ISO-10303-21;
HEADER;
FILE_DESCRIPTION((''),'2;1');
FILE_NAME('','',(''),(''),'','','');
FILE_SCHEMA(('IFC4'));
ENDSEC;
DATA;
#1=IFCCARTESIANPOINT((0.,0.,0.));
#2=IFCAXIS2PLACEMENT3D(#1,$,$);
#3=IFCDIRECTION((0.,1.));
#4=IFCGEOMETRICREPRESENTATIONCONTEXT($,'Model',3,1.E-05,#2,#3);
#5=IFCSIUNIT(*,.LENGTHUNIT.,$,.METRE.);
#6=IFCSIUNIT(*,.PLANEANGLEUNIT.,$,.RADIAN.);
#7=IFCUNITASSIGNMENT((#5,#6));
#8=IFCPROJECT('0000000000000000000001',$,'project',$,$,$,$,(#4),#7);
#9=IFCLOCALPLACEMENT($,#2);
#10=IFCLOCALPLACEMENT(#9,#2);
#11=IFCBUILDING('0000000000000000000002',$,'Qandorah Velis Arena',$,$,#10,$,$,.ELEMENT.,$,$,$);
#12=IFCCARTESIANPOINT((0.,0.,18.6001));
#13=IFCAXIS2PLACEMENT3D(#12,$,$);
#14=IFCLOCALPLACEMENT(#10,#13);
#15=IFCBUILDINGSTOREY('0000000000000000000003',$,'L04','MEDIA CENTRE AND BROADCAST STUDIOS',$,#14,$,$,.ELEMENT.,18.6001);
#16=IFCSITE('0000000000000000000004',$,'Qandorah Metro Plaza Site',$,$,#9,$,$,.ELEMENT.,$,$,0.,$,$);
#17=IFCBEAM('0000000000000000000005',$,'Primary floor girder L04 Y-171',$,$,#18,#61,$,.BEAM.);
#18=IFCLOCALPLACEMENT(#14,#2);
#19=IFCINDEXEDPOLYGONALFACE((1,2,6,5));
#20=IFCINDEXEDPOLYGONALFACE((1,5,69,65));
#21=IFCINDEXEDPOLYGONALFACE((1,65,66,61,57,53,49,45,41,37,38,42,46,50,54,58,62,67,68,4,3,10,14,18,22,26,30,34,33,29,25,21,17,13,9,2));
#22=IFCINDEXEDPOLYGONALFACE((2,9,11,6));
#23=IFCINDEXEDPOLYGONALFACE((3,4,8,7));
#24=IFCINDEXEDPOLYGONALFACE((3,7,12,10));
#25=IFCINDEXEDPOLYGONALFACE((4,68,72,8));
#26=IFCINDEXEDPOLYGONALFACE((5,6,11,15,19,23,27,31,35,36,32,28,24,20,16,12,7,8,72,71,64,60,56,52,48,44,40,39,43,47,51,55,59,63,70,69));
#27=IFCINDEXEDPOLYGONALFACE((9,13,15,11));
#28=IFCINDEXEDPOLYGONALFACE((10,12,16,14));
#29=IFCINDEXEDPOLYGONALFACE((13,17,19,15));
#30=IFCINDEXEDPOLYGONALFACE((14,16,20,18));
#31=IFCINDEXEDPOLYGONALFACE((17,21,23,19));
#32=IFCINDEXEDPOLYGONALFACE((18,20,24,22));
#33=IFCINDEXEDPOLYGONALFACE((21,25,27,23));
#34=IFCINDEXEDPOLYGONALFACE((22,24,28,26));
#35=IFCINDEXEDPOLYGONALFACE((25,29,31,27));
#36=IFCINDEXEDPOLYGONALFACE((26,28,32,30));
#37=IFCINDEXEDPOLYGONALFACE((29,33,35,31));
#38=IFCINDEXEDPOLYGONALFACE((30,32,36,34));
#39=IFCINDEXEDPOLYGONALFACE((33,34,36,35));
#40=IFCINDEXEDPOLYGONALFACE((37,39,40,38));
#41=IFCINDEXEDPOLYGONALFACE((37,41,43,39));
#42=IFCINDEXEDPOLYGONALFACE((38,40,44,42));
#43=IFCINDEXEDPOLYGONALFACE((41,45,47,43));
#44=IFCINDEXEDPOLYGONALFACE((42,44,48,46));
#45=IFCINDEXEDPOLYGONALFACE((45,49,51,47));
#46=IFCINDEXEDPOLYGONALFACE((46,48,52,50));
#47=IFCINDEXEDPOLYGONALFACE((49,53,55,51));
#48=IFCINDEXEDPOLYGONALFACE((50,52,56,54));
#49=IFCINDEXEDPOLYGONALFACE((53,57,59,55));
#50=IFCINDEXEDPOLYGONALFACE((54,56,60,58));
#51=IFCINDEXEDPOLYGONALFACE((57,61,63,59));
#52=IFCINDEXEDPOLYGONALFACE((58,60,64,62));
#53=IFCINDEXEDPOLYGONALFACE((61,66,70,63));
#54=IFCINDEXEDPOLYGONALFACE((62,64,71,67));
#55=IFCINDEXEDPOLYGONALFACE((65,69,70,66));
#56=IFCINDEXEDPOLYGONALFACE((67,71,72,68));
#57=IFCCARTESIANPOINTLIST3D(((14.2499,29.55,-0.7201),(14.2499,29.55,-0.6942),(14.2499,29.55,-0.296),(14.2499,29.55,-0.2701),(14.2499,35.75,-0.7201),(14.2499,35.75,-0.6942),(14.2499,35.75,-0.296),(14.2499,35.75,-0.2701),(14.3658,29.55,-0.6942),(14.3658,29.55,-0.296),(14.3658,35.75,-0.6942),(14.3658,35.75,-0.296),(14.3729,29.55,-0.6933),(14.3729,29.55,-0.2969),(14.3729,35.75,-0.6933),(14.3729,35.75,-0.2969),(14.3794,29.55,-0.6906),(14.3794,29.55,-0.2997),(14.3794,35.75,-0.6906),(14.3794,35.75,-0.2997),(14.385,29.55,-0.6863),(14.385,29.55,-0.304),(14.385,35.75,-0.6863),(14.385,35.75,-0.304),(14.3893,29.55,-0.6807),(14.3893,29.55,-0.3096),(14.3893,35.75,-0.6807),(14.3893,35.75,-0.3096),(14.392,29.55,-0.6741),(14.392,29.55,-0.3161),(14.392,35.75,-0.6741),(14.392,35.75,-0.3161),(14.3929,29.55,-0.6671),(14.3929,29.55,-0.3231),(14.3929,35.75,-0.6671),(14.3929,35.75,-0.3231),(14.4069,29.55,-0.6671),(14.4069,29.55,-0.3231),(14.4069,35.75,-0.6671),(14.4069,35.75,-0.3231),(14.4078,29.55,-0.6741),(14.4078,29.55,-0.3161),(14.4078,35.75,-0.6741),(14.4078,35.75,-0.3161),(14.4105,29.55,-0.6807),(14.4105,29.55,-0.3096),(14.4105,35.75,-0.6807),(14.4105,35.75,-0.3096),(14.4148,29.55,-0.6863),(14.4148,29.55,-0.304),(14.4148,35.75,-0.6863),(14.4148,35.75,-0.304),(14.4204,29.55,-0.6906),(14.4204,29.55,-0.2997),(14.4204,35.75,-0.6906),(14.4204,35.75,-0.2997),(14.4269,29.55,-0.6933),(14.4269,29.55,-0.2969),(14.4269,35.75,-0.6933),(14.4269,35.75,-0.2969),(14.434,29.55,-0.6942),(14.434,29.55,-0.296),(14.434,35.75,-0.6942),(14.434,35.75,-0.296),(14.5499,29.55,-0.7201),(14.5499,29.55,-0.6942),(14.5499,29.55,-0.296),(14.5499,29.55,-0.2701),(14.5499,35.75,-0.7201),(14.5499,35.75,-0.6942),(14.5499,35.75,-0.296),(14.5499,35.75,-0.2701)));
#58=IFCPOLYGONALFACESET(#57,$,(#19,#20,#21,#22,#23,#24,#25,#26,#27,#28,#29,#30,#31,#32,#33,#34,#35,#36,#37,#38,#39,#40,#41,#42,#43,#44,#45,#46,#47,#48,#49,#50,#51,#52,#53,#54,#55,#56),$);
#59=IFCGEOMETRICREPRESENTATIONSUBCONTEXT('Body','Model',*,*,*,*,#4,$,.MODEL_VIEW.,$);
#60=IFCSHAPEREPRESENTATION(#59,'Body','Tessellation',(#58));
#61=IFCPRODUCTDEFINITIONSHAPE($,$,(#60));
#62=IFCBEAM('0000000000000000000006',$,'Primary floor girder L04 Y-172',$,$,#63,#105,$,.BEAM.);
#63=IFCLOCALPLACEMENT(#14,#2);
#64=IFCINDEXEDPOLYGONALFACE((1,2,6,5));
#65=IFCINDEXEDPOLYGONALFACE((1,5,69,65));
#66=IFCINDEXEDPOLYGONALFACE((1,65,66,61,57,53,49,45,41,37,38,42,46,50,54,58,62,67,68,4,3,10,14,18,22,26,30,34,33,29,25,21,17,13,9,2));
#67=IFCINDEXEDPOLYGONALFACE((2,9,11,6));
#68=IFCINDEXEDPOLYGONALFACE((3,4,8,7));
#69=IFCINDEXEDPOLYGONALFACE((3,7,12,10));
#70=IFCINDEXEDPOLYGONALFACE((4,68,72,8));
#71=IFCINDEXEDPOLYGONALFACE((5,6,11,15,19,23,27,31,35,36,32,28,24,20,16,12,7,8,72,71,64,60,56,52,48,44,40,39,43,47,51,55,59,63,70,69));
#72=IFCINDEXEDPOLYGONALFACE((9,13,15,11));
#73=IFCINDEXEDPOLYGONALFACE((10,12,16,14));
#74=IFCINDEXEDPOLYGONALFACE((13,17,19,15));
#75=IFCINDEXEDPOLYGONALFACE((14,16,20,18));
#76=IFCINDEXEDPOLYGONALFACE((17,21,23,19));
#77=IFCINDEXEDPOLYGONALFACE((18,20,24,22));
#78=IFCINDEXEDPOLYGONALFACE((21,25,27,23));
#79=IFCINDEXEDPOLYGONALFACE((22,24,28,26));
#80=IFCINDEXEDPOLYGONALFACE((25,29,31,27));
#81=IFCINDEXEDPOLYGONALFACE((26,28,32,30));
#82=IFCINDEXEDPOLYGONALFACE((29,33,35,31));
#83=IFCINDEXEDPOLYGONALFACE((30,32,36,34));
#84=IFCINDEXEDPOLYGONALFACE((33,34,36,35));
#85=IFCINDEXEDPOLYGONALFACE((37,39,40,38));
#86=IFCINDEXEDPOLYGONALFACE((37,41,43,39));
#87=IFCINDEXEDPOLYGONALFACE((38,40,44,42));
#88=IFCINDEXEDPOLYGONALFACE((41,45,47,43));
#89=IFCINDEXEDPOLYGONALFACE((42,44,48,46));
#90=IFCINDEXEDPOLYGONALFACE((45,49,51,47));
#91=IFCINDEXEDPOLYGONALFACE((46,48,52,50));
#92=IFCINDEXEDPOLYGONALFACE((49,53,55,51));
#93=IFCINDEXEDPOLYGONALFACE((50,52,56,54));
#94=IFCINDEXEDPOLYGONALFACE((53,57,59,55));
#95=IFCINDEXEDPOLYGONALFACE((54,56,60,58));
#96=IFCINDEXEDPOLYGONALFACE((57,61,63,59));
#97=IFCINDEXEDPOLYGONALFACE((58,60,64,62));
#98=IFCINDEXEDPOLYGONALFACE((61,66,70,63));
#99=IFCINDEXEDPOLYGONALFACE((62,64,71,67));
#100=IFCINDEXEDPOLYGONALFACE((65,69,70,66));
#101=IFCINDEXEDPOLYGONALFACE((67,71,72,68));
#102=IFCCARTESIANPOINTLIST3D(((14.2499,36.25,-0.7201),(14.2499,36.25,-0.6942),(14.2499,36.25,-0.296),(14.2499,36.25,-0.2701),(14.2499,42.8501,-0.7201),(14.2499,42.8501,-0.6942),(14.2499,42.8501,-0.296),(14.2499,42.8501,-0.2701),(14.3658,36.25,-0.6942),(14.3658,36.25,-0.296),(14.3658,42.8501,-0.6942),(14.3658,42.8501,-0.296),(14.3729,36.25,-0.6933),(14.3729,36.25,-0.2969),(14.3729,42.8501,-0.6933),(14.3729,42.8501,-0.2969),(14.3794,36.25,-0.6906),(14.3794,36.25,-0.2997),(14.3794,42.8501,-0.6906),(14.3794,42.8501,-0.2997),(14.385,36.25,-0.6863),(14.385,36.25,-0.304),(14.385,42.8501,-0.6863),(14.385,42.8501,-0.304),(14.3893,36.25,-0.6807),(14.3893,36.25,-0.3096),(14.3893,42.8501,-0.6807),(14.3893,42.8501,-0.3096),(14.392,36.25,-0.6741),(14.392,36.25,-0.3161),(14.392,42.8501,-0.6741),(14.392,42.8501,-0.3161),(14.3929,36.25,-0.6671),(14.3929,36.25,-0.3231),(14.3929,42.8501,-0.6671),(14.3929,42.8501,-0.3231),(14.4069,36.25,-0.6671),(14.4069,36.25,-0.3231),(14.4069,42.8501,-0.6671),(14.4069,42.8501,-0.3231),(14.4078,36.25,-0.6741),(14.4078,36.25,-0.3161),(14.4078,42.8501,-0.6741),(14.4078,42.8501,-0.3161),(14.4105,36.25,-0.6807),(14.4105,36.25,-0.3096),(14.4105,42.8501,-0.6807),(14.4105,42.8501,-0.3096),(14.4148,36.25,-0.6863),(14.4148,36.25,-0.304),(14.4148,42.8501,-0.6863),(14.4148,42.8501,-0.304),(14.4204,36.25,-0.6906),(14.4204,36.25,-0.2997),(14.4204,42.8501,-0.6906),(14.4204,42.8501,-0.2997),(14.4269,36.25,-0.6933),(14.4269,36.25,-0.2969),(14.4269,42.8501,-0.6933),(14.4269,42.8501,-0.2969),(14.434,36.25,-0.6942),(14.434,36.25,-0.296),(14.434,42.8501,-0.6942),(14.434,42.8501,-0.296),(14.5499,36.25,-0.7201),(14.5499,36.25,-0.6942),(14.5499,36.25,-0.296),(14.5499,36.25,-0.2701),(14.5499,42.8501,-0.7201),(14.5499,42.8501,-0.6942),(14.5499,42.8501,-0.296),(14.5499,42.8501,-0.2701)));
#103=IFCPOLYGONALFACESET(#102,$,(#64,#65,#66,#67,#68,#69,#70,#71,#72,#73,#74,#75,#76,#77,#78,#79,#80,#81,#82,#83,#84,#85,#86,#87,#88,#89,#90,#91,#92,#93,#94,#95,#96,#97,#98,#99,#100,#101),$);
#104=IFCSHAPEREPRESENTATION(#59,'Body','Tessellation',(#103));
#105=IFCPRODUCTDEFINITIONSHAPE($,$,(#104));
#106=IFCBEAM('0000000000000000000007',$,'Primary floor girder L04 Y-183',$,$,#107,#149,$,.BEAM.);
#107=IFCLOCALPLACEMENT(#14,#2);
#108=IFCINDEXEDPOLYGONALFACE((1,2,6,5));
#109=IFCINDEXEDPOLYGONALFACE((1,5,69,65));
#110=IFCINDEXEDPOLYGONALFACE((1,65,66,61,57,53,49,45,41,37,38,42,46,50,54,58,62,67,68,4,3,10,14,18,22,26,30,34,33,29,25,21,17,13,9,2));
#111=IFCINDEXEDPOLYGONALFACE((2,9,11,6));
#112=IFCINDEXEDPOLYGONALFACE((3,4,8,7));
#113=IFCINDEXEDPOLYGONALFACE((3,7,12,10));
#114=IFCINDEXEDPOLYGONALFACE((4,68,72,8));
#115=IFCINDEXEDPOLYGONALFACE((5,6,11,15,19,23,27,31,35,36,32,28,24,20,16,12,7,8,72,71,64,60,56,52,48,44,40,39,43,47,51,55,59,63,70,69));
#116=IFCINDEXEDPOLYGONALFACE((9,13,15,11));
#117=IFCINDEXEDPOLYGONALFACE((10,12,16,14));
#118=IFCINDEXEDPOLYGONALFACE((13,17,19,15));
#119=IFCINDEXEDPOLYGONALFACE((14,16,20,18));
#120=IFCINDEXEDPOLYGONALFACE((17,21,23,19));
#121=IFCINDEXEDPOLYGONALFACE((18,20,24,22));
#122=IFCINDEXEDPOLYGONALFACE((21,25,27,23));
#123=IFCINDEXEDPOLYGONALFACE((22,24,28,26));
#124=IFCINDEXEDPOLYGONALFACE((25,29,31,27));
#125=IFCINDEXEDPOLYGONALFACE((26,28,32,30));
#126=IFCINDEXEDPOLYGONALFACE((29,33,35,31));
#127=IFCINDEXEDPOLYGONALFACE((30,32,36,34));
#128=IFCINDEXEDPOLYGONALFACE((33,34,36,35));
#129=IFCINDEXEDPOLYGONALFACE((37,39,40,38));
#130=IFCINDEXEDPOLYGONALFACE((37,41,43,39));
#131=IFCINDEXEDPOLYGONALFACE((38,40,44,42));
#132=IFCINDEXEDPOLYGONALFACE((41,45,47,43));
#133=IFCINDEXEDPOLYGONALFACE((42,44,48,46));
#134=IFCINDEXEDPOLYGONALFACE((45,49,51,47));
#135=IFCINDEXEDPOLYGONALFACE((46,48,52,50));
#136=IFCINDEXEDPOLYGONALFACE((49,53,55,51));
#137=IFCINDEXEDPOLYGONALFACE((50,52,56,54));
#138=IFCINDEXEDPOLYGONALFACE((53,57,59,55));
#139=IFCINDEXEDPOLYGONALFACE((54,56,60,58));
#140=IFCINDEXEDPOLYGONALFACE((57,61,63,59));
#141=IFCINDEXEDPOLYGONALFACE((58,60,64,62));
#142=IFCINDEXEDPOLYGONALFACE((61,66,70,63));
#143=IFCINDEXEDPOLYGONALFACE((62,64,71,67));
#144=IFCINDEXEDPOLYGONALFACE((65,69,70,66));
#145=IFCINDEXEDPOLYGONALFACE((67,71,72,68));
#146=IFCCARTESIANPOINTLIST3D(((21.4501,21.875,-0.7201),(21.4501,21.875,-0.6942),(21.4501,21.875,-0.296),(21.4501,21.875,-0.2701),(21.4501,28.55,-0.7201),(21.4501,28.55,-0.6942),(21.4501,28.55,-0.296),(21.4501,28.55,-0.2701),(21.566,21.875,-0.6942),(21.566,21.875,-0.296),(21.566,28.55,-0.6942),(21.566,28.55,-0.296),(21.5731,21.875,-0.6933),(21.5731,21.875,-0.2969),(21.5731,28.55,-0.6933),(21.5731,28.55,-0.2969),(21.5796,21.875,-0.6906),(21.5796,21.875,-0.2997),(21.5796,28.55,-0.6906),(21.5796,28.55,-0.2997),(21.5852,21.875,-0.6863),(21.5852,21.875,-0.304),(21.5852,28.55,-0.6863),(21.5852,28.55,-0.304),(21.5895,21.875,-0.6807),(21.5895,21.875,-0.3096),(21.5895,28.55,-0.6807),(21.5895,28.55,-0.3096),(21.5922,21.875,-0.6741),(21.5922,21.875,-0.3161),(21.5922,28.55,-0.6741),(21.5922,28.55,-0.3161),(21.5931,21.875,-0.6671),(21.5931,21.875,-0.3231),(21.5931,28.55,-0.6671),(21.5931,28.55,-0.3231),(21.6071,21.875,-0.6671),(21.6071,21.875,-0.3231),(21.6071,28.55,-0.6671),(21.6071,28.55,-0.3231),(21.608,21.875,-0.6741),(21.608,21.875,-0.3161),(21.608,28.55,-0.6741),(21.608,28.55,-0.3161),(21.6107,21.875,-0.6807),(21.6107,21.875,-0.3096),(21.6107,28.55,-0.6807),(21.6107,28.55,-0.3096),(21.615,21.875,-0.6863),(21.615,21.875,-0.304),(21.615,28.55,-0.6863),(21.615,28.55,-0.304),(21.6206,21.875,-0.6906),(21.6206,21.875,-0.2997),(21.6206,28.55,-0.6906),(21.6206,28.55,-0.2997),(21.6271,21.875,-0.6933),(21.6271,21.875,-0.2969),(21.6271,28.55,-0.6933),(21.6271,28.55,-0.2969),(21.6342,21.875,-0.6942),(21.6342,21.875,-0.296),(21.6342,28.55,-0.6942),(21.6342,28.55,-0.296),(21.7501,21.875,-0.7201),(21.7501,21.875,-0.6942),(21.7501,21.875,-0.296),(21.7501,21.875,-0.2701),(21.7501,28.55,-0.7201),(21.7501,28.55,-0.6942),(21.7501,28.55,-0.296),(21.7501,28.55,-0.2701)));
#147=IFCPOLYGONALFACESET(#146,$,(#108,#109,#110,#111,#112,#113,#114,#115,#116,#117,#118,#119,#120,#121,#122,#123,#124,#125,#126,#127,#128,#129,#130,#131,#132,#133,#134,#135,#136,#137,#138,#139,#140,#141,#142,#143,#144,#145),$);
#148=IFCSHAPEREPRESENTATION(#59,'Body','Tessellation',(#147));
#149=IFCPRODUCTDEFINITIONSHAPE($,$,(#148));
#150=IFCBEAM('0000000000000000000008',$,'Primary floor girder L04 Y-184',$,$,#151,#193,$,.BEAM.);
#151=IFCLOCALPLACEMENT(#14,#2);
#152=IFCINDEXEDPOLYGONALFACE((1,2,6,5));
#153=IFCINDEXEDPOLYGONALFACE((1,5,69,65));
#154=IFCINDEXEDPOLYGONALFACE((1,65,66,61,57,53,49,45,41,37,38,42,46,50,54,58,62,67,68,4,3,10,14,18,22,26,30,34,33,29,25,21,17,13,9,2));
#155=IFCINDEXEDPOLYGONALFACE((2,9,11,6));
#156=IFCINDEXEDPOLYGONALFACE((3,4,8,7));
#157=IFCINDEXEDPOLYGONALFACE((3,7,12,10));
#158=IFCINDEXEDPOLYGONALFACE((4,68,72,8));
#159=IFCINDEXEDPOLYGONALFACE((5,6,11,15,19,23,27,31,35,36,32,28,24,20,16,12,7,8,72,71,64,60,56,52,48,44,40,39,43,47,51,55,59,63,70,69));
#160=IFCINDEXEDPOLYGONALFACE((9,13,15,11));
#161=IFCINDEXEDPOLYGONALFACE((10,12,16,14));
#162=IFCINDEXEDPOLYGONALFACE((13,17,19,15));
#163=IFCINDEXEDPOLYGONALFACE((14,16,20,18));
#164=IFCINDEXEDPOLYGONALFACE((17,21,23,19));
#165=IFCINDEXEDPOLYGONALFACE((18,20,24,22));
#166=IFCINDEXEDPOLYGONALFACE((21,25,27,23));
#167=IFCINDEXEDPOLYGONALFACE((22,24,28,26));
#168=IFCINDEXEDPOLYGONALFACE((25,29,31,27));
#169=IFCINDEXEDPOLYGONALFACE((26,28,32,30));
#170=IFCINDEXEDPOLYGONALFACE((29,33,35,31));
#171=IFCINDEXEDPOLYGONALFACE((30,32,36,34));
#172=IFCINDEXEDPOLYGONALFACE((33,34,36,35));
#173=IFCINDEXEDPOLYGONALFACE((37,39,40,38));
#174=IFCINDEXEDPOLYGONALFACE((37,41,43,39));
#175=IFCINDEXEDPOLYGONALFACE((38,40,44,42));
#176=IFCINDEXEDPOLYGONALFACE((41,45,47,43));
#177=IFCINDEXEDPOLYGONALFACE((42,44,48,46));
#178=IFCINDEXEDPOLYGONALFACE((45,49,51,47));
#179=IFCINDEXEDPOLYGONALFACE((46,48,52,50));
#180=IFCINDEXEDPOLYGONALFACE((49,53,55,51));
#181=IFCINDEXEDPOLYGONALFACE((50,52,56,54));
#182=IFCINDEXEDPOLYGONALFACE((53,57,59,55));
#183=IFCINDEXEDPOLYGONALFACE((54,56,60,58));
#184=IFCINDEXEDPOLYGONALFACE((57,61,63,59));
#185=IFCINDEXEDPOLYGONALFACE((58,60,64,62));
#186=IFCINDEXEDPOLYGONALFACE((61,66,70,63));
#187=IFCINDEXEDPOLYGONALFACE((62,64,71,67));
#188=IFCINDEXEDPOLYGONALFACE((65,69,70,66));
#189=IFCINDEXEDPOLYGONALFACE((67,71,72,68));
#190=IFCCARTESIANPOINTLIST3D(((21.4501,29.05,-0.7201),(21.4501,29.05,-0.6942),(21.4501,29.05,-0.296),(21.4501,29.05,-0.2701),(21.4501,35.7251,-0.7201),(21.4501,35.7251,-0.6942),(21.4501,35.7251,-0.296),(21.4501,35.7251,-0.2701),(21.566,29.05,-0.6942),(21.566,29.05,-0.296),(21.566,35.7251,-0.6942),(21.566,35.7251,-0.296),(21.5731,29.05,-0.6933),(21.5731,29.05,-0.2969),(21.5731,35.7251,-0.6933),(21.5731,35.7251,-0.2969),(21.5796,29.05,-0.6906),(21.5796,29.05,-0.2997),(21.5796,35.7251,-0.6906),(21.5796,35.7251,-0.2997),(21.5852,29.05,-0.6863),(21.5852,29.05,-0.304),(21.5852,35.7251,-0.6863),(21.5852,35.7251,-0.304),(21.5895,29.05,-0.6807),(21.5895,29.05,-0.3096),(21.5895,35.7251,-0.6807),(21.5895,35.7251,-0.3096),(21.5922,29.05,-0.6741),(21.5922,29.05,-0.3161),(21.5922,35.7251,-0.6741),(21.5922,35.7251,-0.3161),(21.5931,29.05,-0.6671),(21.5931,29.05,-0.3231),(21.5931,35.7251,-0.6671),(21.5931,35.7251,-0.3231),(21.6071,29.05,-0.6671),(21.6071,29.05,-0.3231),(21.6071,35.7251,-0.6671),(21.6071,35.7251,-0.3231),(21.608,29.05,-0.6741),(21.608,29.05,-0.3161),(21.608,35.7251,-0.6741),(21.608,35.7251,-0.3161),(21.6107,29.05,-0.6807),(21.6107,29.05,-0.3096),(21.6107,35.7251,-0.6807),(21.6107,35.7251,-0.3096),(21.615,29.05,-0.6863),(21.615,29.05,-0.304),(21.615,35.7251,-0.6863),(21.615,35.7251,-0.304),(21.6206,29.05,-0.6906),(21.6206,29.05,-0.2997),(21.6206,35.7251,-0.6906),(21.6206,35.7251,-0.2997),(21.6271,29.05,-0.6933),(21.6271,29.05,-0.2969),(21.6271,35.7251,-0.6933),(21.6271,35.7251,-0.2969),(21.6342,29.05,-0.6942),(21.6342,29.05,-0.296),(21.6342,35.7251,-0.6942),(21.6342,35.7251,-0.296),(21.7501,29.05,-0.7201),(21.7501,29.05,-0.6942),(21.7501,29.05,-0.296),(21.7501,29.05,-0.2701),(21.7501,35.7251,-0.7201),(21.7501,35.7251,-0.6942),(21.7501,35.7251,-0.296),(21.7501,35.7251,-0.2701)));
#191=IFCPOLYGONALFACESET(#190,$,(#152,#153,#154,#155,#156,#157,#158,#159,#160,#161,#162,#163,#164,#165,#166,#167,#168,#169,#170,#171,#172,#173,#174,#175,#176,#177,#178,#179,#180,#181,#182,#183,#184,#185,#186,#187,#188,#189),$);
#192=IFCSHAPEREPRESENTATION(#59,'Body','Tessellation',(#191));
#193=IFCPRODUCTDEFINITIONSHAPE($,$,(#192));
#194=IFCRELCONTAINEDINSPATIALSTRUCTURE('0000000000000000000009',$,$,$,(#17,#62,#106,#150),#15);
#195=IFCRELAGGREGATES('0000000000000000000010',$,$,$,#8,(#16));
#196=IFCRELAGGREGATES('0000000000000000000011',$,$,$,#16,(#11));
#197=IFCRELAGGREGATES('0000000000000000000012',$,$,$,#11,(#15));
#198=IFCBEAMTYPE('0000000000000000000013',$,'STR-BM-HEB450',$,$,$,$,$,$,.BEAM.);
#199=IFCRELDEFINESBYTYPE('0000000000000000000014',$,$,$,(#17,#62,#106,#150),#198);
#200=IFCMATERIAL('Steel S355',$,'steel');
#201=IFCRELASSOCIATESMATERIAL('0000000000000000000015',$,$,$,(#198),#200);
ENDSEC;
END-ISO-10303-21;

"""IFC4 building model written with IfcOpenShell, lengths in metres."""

from ifc_helpers import new_model, si_unit, direction, frame, origin, origin_2d, place, context, subcontext, project, spatial, i_section, extrude, material, material_profile, profile_set, type_object, element, save


model = new_model("IFC4")

# Units and contexts
model_context = context("Model", 3, precision=1e-05, world=origin(), true_north=direction((0.0, 1.0)))
body_context = subcontext(model_context, "Body", "Model", "MODEL_VIEW")
ifc_project = project(units=[si_unit("LENGTHUNIT", "METRE"), si_unit("PLANEANGLEUNIT", "RADIAN")], contexts=[model_context])

# Site, building, storey
site_placement = place(None, origin())
site = spatial("IfcSite", under=ifc_project, at=site_placement, Name="Qandorah Metro Plaza Site", CompositionType="ELEMENT", RefElevation=0.0)
building_placement = place(site_placement, origin())
building = spatial("IfcBuilding", under=site, at=building_placement, Name="Qandorah Velis Arena", CompositionType="ELEMENT")
storey_placement = place(building_placement, frame((0.0, 0.0, 18.6001)))
storey = spatial("IfcBuildingStorey", under=building, at=storey_placement, Name="L04", Description="MEDIA CENTRE AND BROADCAST STUDIOS", CompositionType="ELEMENT", Elevation=18.6001)

# Shared definitions
ifc_material_1 = material(Name="Steel S355", Category="steel")

# Beams
ifc_material_profile_1 = material_profile(ifc_material_1, i_section(OverallWidth=0.3, OverallDepth=0.45, WebThickness=0.0139, FlangeThickness=0.0259, FilletRadius=0.0271, at=origin_2d()), Name="HEB 450")
ifc_profile_set_1 = profile_set([ifc_material_profile_1], Name="Steel S355")
beam_type_1 = type_object("IfcBeamType", Name="STR-BM-HEB450", PredefinedType="BEAM", material=ifc_profile_set_1)
beam_1_placement = place(storey_placement, frame((14.3999, 29.55, -0.4951), z_axis=(0.0, 1.0, 0.0), x_axis=(-1.0, 0.0, 0.0)))
element("IfcBeam", 1, at=beam_1_placement, inside=storey, type_object=beam_type_1, Name="Primary floor girder L04 Y-171", PredefinedType="BEAM", context=body_context, shape_type="SweptSolid", body=[
    extrude(i_section(OverallWidth=0.3, OverallDepth=0.45, WebThickness=0.0139, FlangeThickness=0.0259, FilletRadius=0.0271, at=origin_2d()), origin(), (0.0, 0.0, 1.0), 6.2),
])
beam_2_placement = place(storey_placement, frame((14.3999, 36.25, -0.4951), z_axis=(0.0, 1.0, 0.0), x_axis=(-1.0, 0.0, 0.0)))
element("IfcBeam", 2, at=beam_2_placement, inside=storey, type_object=beam_type_1, Name="Primary floor girder L04 Y-172", PredefinedType="BEAM", context=body_context, shape_type="SweptSolid", body=[
    extrude(i_section(OverallWidth=0.3, OverallDepth=0.45, WebThickness=0.0139, FlangeThickness=0.0259, FilletRadius=0.0271, at=origin_2d()), origin(), (0.0, 0.0, 1.0), 6.6001),
])
for number, where, z_axis, x_axis, name in (
    (3, (21.6001, 21.875, -0.4951), (0.0, 1.0, 0.0), (-1.0, 0.0, 0.0), "Primary floor girder L04 Y-183"),
    (4, (21.6001, 29.05, -0.4951), (0.0, 1.0, 0.0), (-1.0, 0.0, 0.0), "Primary floor girder L04 Y-184"),
):
    element("IfcBeam", number, at=place(storey_placement, frame(where, z_axis=z_axis, x_axis=x_axis)), inside=storey, type_object=beam_type_1, Name=name, PredefinedType="BEAM", context=body_context, shape_type="SweptSolid", body=[
        extrude(i_section(OverallWidth=0.3, OverallDepth=0.45, WebThickness=0.0139, FlangeThickness=0.0259, FilletRadius=0.0271, at=origin_2d()), origin(), (0.0, 0.0, 1.0), 6.675),
    ])

save(model, "model.ifc")
